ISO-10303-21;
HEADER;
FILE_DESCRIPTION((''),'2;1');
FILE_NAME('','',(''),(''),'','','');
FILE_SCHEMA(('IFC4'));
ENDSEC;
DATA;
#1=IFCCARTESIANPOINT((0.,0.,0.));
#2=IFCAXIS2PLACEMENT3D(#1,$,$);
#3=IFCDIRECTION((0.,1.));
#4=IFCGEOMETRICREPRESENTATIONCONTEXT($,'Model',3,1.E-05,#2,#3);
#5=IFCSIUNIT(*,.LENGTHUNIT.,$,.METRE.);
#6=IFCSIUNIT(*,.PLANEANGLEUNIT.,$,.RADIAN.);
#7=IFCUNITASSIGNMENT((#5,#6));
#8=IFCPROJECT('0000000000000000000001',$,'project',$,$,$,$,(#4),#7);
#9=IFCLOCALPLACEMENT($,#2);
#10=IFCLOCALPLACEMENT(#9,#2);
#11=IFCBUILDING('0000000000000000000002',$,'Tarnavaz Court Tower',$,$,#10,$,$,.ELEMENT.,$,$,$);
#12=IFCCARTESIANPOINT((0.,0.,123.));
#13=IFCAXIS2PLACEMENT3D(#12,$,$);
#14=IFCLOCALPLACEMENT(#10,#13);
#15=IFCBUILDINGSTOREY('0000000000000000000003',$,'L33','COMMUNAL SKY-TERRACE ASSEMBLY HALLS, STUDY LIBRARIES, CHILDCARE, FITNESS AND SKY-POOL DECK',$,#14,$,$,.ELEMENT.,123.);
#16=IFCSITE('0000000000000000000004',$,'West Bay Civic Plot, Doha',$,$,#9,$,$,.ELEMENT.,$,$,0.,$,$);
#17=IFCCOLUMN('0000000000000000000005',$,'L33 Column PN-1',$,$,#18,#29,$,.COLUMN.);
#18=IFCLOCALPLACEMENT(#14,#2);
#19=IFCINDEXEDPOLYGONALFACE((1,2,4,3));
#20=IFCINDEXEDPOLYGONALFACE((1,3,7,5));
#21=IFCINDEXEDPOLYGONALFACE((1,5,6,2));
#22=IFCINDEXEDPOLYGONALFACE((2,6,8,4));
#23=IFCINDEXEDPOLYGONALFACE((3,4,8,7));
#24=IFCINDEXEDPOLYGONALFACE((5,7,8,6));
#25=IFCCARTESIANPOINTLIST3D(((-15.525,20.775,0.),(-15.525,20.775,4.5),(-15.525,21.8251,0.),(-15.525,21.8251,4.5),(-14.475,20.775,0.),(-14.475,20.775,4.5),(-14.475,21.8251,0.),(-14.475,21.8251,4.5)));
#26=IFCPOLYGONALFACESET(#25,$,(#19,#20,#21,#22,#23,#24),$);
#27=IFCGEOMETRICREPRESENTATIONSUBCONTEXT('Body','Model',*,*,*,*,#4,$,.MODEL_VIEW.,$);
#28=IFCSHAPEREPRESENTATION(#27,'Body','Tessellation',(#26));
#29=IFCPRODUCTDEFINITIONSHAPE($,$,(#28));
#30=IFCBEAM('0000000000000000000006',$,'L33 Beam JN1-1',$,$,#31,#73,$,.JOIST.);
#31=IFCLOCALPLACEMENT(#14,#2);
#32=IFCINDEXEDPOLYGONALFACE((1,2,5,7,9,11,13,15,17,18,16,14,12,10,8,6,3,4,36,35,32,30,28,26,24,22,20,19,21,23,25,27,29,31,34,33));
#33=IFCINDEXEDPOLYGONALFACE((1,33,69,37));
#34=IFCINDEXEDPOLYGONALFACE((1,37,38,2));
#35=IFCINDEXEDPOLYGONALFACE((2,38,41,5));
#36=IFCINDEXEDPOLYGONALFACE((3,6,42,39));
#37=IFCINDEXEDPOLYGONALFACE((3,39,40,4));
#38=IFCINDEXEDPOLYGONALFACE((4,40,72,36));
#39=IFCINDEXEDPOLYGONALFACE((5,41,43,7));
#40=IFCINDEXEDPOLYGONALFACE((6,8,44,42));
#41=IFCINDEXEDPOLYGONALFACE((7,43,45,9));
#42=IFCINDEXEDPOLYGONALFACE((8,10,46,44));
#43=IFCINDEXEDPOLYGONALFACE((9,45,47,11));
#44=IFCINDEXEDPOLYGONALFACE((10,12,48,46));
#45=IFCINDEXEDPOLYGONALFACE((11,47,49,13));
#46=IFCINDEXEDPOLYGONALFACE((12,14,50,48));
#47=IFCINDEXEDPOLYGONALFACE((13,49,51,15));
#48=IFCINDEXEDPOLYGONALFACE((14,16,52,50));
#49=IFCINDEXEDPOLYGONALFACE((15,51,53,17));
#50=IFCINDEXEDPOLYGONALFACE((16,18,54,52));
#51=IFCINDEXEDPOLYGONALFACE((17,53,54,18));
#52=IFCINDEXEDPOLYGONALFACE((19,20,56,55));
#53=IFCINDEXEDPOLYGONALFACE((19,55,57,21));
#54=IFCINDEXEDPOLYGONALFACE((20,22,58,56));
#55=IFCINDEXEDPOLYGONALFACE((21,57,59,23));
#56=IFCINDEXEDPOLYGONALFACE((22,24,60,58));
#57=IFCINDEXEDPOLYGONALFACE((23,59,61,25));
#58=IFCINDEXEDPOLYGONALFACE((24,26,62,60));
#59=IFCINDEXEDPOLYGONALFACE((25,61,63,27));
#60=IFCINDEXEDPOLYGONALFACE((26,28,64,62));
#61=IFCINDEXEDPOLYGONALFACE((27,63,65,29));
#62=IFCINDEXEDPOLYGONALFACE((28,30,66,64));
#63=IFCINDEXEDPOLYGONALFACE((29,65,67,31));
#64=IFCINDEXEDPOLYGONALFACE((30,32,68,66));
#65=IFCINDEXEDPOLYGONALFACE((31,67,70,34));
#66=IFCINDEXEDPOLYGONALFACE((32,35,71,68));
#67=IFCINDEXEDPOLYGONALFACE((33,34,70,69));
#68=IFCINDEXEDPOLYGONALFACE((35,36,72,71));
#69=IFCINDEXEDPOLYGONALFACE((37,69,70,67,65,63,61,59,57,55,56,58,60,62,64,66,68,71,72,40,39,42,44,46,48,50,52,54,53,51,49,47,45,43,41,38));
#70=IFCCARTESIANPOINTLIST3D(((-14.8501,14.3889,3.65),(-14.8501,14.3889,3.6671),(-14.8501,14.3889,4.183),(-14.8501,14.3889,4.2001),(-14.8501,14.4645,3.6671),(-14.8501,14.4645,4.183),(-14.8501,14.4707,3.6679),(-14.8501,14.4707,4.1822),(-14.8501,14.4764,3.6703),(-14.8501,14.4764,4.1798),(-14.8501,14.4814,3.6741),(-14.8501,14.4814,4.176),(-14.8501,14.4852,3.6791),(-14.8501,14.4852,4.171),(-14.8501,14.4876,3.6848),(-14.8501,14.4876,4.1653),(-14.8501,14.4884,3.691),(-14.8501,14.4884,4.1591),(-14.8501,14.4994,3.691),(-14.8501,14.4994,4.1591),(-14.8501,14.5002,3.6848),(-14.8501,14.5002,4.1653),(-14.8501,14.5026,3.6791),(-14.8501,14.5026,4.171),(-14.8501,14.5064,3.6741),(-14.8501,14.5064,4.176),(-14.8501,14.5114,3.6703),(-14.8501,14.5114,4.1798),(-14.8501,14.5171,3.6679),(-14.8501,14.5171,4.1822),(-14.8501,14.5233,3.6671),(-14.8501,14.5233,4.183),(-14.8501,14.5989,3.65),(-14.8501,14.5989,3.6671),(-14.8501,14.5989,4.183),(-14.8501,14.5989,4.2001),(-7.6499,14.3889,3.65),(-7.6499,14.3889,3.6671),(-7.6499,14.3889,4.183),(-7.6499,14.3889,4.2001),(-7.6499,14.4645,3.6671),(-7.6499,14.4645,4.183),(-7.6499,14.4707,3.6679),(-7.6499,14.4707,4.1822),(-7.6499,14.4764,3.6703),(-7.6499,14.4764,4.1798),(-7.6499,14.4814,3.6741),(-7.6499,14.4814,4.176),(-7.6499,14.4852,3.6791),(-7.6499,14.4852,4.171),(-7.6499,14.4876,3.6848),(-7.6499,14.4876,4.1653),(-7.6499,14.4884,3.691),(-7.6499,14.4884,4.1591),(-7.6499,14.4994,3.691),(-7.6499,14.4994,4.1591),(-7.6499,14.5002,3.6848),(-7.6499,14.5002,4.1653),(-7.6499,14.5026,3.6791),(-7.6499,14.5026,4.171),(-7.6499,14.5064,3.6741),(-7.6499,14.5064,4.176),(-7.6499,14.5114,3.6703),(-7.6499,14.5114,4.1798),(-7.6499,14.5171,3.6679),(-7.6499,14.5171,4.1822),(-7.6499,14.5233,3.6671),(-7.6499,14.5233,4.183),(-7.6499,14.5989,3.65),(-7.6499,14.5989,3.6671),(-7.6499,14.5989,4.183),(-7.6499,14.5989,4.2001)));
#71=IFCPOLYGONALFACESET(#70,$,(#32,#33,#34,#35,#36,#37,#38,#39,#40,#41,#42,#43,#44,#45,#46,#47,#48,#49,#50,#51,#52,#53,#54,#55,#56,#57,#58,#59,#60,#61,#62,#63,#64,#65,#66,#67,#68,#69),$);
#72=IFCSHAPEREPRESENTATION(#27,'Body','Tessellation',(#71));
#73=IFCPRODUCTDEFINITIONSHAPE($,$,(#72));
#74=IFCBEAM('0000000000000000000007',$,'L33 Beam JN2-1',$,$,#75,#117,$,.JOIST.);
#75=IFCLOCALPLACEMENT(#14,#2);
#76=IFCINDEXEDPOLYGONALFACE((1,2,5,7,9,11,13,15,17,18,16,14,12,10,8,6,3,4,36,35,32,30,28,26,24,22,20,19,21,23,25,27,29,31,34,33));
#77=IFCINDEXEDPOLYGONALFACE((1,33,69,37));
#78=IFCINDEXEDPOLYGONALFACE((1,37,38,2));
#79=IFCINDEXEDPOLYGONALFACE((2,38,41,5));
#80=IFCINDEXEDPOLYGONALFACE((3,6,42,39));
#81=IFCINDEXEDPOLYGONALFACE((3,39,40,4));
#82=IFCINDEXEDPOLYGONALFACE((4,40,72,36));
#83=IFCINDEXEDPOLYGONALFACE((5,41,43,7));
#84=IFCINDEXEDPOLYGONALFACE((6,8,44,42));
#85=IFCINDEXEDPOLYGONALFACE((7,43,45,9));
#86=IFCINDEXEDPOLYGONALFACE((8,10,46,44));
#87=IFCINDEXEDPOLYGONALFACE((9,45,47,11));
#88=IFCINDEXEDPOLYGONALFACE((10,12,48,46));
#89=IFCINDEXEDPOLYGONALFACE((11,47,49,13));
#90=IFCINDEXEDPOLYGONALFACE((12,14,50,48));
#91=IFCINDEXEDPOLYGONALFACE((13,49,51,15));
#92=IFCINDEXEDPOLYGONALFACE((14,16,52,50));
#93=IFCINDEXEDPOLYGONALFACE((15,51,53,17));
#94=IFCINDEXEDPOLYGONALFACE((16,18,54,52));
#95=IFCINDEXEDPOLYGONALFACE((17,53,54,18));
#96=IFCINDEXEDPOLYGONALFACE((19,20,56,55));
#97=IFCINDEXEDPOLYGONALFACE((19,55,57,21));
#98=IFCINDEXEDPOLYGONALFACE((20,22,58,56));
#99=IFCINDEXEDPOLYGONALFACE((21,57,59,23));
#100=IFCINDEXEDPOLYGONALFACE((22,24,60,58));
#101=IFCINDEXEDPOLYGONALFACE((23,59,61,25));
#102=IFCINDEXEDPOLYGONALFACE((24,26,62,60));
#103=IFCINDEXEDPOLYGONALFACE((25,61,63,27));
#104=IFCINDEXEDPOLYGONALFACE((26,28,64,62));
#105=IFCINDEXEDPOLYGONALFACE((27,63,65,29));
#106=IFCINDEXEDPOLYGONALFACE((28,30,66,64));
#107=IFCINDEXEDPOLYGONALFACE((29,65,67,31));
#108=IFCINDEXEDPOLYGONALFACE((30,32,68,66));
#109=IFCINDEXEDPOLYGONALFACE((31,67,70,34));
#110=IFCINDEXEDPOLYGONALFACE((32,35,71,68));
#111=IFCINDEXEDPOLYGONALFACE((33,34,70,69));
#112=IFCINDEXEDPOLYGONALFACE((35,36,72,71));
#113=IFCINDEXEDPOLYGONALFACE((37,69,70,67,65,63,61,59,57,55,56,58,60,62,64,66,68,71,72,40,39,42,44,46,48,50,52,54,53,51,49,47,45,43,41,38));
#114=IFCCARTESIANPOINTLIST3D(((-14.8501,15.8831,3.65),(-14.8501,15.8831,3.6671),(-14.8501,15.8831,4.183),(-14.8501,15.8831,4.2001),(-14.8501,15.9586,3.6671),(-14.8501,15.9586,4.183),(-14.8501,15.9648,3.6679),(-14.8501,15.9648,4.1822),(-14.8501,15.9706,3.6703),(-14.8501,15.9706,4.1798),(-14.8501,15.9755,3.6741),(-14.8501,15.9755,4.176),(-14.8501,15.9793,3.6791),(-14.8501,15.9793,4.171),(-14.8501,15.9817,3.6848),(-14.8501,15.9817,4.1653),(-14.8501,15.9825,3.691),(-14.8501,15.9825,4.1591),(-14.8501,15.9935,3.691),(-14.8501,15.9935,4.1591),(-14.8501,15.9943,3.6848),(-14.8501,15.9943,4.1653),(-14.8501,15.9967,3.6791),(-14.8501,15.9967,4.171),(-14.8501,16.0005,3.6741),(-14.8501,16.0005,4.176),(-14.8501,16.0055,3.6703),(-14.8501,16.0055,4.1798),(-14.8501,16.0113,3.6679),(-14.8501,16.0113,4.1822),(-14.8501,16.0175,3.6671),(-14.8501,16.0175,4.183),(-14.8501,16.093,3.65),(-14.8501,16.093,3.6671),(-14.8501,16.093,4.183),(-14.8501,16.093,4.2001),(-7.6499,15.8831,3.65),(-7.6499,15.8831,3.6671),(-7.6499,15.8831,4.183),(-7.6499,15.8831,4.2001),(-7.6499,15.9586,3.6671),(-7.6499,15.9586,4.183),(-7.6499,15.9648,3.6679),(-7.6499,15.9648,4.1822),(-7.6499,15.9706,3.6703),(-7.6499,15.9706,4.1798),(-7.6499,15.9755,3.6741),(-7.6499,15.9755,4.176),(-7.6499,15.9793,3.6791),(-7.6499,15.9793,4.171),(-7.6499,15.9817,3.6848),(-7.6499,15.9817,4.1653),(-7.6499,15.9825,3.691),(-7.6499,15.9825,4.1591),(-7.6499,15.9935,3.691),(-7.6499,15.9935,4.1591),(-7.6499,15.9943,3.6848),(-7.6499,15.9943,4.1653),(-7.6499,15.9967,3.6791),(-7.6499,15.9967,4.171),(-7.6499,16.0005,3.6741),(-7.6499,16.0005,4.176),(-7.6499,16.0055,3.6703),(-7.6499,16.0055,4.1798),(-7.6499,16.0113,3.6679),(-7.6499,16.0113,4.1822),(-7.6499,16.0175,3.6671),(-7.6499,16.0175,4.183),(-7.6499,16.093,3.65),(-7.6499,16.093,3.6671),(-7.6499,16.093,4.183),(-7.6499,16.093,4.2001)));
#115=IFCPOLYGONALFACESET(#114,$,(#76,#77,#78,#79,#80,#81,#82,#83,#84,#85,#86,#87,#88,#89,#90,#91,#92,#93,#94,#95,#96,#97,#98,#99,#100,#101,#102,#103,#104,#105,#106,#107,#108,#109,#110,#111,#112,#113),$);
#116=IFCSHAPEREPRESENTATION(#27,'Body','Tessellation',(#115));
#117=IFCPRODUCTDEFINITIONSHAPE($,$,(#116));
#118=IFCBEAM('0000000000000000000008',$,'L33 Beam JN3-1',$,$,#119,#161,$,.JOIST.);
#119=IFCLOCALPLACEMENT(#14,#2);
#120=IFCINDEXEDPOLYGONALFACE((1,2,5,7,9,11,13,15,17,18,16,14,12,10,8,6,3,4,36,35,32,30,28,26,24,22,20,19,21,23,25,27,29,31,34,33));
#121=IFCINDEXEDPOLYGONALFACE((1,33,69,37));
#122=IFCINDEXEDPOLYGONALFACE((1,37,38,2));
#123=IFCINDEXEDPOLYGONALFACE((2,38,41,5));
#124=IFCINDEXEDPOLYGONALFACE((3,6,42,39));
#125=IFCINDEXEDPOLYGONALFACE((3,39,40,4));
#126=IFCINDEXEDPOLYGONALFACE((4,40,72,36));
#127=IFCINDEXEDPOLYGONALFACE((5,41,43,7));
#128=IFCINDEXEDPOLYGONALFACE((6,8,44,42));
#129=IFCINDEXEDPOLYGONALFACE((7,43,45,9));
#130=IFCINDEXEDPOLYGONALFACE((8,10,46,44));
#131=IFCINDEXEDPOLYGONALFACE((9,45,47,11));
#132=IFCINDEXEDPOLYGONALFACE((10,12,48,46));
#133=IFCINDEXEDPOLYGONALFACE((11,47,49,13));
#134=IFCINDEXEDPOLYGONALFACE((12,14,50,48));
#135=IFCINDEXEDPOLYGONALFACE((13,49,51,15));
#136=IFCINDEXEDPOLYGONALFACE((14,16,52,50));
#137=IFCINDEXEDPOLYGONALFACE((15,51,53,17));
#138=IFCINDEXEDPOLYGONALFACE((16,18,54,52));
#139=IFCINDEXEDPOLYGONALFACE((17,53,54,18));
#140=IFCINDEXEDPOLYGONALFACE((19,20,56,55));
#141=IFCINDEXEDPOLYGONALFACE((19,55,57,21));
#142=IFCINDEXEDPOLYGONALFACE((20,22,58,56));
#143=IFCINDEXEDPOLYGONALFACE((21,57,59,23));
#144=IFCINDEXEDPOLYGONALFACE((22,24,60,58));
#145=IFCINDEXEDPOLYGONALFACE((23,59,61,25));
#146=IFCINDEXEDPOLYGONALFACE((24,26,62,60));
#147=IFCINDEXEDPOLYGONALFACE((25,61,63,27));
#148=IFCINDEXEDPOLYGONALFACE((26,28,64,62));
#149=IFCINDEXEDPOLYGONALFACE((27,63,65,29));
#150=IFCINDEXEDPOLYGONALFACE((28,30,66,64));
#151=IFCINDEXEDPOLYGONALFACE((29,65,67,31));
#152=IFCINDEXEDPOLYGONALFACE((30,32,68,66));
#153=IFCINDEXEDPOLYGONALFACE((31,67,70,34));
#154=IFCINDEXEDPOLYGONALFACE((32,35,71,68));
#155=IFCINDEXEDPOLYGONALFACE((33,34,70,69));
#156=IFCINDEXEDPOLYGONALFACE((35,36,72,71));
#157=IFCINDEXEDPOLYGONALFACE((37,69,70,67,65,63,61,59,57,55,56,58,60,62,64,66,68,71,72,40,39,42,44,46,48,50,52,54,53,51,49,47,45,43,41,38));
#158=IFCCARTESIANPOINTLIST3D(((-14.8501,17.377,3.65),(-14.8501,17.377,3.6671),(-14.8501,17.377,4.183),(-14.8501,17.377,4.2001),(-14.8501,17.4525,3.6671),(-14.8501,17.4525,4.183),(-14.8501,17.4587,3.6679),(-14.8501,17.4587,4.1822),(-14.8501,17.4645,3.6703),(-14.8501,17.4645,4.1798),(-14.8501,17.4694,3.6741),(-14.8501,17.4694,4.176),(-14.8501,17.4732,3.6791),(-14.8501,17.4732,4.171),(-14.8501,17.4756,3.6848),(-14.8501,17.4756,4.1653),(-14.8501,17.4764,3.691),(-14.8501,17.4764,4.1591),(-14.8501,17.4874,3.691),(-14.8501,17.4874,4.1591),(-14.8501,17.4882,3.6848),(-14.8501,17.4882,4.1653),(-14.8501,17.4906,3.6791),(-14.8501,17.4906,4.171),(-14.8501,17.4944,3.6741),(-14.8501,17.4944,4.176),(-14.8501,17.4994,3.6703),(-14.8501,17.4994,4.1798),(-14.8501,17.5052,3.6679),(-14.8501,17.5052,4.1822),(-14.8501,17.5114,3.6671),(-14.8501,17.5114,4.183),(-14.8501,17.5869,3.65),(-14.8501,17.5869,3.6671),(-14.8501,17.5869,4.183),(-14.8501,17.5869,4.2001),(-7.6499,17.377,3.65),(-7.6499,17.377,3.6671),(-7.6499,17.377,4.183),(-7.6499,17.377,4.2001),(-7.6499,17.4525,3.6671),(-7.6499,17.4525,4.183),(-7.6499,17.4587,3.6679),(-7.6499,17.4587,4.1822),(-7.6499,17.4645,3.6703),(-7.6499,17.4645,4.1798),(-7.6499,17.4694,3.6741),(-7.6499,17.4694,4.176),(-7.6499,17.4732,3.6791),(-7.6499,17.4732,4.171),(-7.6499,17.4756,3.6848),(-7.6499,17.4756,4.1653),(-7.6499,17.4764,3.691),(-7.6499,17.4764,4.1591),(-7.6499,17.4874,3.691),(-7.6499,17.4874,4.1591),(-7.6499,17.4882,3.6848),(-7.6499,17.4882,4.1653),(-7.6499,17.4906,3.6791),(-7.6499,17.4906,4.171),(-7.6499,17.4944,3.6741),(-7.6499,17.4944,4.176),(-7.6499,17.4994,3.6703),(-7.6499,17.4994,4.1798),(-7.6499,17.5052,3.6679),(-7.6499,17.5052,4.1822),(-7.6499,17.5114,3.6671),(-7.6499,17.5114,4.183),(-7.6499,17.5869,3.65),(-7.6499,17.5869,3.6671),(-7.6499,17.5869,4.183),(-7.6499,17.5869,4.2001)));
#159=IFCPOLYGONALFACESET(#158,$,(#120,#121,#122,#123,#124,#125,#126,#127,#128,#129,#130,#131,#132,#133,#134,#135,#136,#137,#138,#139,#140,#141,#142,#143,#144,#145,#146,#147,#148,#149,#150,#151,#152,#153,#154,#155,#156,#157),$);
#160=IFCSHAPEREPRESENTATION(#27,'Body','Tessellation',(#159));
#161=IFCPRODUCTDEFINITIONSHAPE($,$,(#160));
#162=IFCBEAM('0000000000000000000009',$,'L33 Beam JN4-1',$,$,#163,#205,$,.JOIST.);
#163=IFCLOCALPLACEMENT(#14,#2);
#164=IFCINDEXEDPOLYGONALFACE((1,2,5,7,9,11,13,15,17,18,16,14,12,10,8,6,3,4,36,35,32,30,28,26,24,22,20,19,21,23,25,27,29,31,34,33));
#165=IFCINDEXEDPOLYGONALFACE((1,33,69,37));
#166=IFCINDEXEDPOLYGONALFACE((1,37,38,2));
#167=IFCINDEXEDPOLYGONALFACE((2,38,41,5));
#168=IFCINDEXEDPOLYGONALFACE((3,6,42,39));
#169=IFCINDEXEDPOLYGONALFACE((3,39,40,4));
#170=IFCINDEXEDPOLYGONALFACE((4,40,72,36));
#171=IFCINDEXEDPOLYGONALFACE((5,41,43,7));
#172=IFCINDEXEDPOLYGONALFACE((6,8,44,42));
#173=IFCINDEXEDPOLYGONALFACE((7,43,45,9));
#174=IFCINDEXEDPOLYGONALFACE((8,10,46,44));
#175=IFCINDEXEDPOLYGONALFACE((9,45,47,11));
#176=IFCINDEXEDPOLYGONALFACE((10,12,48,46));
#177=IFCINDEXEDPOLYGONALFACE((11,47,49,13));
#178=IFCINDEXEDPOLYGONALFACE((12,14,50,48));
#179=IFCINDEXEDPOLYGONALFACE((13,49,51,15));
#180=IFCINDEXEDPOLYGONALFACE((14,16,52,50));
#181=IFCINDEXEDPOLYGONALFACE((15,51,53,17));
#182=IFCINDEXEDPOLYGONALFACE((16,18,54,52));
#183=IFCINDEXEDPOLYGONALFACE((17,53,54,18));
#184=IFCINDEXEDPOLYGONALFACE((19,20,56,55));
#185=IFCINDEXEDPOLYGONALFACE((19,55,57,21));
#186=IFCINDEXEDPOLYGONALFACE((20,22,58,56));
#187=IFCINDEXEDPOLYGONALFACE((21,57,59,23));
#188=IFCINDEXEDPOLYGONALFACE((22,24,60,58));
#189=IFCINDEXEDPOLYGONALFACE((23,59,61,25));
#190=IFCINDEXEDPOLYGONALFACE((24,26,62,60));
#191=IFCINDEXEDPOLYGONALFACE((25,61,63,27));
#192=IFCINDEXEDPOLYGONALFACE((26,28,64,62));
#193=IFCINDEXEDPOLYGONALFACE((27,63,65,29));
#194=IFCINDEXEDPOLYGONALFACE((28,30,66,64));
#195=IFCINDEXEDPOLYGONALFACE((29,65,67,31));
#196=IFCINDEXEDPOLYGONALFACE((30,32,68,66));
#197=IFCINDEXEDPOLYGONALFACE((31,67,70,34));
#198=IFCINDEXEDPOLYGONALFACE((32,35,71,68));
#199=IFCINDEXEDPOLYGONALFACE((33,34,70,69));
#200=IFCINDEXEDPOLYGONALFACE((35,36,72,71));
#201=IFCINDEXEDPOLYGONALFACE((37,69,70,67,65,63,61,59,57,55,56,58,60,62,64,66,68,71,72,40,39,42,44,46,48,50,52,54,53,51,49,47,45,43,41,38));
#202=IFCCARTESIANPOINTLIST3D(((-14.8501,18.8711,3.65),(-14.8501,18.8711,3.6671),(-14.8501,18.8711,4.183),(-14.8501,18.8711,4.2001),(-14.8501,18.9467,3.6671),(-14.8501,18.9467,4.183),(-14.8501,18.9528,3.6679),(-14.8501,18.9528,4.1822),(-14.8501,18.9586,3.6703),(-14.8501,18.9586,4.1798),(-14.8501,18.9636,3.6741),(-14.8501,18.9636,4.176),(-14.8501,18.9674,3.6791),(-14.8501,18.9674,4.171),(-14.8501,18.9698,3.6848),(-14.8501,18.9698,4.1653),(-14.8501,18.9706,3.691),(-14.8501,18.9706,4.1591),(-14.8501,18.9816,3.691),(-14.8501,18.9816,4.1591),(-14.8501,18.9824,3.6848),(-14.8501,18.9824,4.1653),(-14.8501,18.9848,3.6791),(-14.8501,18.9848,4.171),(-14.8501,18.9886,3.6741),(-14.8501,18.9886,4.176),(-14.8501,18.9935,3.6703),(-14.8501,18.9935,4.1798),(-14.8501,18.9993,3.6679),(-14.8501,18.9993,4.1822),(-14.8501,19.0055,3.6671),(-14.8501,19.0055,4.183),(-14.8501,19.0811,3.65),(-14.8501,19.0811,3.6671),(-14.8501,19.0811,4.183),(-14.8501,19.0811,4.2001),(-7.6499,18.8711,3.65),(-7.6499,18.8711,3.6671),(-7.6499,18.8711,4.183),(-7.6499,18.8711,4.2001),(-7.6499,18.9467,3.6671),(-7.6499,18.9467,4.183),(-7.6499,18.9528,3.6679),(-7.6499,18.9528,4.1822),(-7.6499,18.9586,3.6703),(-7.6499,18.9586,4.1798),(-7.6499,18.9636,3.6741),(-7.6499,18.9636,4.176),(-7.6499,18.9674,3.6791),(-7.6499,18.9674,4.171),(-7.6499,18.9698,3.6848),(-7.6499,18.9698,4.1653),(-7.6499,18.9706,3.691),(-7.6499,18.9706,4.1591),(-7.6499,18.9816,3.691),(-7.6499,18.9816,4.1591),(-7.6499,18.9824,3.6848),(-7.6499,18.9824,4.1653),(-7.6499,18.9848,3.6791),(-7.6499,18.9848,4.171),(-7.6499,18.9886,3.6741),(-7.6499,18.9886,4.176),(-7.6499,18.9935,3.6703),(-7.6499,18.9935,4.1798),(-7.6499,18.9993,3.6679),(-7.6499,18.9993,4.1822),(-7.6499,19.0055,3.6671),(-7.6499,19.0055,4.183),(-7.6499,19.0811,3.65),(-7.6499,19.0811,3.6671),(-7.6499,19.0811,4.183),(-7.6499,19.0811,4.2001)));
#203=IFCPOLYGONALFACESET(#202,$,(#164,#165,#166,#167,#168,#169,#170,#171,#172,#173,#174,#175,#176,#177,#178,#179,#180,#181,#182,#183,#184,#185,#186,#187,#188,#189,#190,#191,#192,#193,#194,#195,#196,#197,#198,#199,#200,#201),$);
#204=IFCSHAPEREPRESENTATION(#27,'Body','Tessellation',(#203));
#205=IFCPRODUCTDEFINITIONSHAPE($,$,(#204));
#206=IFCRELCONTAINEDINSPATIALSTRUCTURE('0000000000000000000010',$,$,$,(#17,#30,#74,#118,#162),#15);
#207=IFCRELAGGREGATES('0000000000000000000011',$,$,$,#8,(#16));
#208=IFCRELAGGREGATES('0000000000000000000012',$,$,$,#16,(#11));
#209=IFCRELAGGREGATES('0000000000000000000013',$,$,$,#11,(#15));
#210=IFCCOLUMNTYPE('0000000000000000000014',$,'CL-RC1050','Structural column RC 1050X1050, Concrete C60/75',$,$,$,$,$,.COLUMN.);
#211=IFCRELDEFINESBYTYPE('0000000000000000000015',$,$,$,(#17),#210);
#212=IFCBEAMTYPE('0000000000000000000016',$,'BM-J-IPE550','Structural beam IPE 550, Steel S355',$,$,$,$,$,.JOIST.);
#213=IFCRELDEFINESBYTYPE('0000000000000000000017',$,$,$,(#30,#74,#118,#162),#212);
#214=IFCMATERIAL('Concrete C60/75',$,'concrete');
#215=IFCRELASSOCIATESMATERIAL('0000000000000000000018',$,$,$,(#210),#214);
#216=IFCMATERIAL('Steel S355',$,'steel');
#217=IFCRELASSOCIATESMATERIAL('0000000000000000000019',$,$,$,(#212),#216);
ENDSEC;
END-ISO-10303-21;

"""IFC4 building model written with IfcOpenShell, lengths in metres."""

from ifc_helpers import new_model, si_unit, direction, frame, origin, origin_2d, place, context, subcontext, project, spatial, rectangle, i_section, extrude, material, material_profile, profile_set, type_object, element, save


model = new_model("IFC4")

# Units and contexts
model_context = context("Model", 3, precision=1e-05, world=origin(), true_north=direction((0.0, 1.0)))
body_context = subcontext(model_context, "Body", "Model", "MODEL_VIEW")
ifc_project = project(units=[si_unit("LENGTHUNIT", "METRE"), si_unit("PLANEANGLEUNIT", "RADIAN")], contexts=[model_context])

# Site, building, storey
site_placement = place(None, origin())
site = spatial("IfcSite", under=ifc_project, at=site_placement, Name="West Bay Civic Plot, Doha", CompositionType="ELEMENT", RefElevation=0.0)
building_placement = place(site_placement, origin())
building = spatial("IfcBuilding", under=site, at=building_placement, Name="Tarnavaz Court Tower", CompositionType="ELEMENT")
storey_placement = place(building_placement, frame((0.0, 0.0, 123.0)))
storey = spatial("IfcBuildingStorey", under=building, at=storey_placement, Name="L33", Description="COMMUNAL SKY-TERRACE ASSEMBLY HALLS, STUDY LIBRARIES, CHILDCARE, FITNESS AND SKY-POOL DECK", CompositionType="ELEMENT", Elevation=123.0)

# Column
ifc_material_1 = material(Name="Concrete C60/75", Category="concrete")
ifc_material_profile_1 = material_profile(ifc_material_1, rectangle(XDim=1.05, YDim=1.05, at=origin_2d()), Name="RC 1050X1050")
ifc_profile_set_1 = profile_set([ifc_material_profile_1], Name="Concrete C60/75")
column_type = type_object("IfcColumnType", Name="CL-RC1050", Description="Structural column RC 1050X1050, Concrete C60/75", PredefinedType="COLUMN", material=ifc_profile_set_1)
column_placement = place(storey_placement, frame((-15.0, 21.3, 0.0), z_axis=(0.0, 0.0, 1.0), x_axis=(1.0, 0.0, 0.0)))
element("IfcColumn", 1, at=column_placement, inside=storey, type_object=column_type, Name="L33 Column PN-1", PredefinedType="COLUMN", context=body_context, shape_type="SweptSolid", body=[
    extrude(rectangle(XDim=1.05, YDim=1.05, at=origin_2d()), origin(), (0.0, 0.0, 1.0), 4.5),
])

# Beams
ifc_material_2 = material(Name="Steel S355", Category="steel")
ifc_material_profile_2 = material_profile(ifc_material_2, i_section(OverallWidth=0.21, OverallDepth=0.55, WebThickness=0.011, FlangeThickness=0.0171, FilletRadius=0.0239, at=origin_2d()), Name="IPE 550")
ifc_profile_set_2 = profile_set([ifc_material_profile_2], Name="Steel S355")
beam_type_1 = type_object("IfcBeamType", Name="BM-J-IPE550", Description="Structural beam IPE 550, Steel S355", PredefinedType="JOIST", material=ifc_profile_set_2)
for number, where, z_axis, x_axis, name in (
    (2, (-14.8501, 14.4939, 3.925), (1.0, 0.0, 0.0), (0.0, 1.0, 0.0), "L33 Beam JN1-1"),
    (3, (-14.8501, 15.988, 3.925), (1.0, 0.0, 0.0), (0.0, 1.0, 0.0), "L33 Beam JN2-1"),
    (4, (-14.8501, 17.4819, 3.925), (1.0, 0.0, 0.0), (0.0, 1.0, 0.0), "L33 Beam JN3-1"),
    (5, (-14.8501, 18.9761, 3.925), (1.0, 0.0, 0.0), (0.0, 1.0, 0.0), "L33 Beam JN4-1"),
):
    element("IfcBeam", number, at=place(storey_placement, frame(where, z_axis=z_axis, x_axis=x_axis)), inside=storey, type_object=beam_type_1, Name=name, PredefinedType="JOIST", context=body_context, shape_type="SweptSolid", body=[
        extrude(i_section(OverallWidth=0.21, OverallDepth=0.55, WebThickness=0.011, FlangeThickness=0.0171, FilletRadius=0.0239, at=origin_2d()), origin(), (0.0, 0.0, 1.0), 7.2002),
    ])

save(model, "model.ifc")
